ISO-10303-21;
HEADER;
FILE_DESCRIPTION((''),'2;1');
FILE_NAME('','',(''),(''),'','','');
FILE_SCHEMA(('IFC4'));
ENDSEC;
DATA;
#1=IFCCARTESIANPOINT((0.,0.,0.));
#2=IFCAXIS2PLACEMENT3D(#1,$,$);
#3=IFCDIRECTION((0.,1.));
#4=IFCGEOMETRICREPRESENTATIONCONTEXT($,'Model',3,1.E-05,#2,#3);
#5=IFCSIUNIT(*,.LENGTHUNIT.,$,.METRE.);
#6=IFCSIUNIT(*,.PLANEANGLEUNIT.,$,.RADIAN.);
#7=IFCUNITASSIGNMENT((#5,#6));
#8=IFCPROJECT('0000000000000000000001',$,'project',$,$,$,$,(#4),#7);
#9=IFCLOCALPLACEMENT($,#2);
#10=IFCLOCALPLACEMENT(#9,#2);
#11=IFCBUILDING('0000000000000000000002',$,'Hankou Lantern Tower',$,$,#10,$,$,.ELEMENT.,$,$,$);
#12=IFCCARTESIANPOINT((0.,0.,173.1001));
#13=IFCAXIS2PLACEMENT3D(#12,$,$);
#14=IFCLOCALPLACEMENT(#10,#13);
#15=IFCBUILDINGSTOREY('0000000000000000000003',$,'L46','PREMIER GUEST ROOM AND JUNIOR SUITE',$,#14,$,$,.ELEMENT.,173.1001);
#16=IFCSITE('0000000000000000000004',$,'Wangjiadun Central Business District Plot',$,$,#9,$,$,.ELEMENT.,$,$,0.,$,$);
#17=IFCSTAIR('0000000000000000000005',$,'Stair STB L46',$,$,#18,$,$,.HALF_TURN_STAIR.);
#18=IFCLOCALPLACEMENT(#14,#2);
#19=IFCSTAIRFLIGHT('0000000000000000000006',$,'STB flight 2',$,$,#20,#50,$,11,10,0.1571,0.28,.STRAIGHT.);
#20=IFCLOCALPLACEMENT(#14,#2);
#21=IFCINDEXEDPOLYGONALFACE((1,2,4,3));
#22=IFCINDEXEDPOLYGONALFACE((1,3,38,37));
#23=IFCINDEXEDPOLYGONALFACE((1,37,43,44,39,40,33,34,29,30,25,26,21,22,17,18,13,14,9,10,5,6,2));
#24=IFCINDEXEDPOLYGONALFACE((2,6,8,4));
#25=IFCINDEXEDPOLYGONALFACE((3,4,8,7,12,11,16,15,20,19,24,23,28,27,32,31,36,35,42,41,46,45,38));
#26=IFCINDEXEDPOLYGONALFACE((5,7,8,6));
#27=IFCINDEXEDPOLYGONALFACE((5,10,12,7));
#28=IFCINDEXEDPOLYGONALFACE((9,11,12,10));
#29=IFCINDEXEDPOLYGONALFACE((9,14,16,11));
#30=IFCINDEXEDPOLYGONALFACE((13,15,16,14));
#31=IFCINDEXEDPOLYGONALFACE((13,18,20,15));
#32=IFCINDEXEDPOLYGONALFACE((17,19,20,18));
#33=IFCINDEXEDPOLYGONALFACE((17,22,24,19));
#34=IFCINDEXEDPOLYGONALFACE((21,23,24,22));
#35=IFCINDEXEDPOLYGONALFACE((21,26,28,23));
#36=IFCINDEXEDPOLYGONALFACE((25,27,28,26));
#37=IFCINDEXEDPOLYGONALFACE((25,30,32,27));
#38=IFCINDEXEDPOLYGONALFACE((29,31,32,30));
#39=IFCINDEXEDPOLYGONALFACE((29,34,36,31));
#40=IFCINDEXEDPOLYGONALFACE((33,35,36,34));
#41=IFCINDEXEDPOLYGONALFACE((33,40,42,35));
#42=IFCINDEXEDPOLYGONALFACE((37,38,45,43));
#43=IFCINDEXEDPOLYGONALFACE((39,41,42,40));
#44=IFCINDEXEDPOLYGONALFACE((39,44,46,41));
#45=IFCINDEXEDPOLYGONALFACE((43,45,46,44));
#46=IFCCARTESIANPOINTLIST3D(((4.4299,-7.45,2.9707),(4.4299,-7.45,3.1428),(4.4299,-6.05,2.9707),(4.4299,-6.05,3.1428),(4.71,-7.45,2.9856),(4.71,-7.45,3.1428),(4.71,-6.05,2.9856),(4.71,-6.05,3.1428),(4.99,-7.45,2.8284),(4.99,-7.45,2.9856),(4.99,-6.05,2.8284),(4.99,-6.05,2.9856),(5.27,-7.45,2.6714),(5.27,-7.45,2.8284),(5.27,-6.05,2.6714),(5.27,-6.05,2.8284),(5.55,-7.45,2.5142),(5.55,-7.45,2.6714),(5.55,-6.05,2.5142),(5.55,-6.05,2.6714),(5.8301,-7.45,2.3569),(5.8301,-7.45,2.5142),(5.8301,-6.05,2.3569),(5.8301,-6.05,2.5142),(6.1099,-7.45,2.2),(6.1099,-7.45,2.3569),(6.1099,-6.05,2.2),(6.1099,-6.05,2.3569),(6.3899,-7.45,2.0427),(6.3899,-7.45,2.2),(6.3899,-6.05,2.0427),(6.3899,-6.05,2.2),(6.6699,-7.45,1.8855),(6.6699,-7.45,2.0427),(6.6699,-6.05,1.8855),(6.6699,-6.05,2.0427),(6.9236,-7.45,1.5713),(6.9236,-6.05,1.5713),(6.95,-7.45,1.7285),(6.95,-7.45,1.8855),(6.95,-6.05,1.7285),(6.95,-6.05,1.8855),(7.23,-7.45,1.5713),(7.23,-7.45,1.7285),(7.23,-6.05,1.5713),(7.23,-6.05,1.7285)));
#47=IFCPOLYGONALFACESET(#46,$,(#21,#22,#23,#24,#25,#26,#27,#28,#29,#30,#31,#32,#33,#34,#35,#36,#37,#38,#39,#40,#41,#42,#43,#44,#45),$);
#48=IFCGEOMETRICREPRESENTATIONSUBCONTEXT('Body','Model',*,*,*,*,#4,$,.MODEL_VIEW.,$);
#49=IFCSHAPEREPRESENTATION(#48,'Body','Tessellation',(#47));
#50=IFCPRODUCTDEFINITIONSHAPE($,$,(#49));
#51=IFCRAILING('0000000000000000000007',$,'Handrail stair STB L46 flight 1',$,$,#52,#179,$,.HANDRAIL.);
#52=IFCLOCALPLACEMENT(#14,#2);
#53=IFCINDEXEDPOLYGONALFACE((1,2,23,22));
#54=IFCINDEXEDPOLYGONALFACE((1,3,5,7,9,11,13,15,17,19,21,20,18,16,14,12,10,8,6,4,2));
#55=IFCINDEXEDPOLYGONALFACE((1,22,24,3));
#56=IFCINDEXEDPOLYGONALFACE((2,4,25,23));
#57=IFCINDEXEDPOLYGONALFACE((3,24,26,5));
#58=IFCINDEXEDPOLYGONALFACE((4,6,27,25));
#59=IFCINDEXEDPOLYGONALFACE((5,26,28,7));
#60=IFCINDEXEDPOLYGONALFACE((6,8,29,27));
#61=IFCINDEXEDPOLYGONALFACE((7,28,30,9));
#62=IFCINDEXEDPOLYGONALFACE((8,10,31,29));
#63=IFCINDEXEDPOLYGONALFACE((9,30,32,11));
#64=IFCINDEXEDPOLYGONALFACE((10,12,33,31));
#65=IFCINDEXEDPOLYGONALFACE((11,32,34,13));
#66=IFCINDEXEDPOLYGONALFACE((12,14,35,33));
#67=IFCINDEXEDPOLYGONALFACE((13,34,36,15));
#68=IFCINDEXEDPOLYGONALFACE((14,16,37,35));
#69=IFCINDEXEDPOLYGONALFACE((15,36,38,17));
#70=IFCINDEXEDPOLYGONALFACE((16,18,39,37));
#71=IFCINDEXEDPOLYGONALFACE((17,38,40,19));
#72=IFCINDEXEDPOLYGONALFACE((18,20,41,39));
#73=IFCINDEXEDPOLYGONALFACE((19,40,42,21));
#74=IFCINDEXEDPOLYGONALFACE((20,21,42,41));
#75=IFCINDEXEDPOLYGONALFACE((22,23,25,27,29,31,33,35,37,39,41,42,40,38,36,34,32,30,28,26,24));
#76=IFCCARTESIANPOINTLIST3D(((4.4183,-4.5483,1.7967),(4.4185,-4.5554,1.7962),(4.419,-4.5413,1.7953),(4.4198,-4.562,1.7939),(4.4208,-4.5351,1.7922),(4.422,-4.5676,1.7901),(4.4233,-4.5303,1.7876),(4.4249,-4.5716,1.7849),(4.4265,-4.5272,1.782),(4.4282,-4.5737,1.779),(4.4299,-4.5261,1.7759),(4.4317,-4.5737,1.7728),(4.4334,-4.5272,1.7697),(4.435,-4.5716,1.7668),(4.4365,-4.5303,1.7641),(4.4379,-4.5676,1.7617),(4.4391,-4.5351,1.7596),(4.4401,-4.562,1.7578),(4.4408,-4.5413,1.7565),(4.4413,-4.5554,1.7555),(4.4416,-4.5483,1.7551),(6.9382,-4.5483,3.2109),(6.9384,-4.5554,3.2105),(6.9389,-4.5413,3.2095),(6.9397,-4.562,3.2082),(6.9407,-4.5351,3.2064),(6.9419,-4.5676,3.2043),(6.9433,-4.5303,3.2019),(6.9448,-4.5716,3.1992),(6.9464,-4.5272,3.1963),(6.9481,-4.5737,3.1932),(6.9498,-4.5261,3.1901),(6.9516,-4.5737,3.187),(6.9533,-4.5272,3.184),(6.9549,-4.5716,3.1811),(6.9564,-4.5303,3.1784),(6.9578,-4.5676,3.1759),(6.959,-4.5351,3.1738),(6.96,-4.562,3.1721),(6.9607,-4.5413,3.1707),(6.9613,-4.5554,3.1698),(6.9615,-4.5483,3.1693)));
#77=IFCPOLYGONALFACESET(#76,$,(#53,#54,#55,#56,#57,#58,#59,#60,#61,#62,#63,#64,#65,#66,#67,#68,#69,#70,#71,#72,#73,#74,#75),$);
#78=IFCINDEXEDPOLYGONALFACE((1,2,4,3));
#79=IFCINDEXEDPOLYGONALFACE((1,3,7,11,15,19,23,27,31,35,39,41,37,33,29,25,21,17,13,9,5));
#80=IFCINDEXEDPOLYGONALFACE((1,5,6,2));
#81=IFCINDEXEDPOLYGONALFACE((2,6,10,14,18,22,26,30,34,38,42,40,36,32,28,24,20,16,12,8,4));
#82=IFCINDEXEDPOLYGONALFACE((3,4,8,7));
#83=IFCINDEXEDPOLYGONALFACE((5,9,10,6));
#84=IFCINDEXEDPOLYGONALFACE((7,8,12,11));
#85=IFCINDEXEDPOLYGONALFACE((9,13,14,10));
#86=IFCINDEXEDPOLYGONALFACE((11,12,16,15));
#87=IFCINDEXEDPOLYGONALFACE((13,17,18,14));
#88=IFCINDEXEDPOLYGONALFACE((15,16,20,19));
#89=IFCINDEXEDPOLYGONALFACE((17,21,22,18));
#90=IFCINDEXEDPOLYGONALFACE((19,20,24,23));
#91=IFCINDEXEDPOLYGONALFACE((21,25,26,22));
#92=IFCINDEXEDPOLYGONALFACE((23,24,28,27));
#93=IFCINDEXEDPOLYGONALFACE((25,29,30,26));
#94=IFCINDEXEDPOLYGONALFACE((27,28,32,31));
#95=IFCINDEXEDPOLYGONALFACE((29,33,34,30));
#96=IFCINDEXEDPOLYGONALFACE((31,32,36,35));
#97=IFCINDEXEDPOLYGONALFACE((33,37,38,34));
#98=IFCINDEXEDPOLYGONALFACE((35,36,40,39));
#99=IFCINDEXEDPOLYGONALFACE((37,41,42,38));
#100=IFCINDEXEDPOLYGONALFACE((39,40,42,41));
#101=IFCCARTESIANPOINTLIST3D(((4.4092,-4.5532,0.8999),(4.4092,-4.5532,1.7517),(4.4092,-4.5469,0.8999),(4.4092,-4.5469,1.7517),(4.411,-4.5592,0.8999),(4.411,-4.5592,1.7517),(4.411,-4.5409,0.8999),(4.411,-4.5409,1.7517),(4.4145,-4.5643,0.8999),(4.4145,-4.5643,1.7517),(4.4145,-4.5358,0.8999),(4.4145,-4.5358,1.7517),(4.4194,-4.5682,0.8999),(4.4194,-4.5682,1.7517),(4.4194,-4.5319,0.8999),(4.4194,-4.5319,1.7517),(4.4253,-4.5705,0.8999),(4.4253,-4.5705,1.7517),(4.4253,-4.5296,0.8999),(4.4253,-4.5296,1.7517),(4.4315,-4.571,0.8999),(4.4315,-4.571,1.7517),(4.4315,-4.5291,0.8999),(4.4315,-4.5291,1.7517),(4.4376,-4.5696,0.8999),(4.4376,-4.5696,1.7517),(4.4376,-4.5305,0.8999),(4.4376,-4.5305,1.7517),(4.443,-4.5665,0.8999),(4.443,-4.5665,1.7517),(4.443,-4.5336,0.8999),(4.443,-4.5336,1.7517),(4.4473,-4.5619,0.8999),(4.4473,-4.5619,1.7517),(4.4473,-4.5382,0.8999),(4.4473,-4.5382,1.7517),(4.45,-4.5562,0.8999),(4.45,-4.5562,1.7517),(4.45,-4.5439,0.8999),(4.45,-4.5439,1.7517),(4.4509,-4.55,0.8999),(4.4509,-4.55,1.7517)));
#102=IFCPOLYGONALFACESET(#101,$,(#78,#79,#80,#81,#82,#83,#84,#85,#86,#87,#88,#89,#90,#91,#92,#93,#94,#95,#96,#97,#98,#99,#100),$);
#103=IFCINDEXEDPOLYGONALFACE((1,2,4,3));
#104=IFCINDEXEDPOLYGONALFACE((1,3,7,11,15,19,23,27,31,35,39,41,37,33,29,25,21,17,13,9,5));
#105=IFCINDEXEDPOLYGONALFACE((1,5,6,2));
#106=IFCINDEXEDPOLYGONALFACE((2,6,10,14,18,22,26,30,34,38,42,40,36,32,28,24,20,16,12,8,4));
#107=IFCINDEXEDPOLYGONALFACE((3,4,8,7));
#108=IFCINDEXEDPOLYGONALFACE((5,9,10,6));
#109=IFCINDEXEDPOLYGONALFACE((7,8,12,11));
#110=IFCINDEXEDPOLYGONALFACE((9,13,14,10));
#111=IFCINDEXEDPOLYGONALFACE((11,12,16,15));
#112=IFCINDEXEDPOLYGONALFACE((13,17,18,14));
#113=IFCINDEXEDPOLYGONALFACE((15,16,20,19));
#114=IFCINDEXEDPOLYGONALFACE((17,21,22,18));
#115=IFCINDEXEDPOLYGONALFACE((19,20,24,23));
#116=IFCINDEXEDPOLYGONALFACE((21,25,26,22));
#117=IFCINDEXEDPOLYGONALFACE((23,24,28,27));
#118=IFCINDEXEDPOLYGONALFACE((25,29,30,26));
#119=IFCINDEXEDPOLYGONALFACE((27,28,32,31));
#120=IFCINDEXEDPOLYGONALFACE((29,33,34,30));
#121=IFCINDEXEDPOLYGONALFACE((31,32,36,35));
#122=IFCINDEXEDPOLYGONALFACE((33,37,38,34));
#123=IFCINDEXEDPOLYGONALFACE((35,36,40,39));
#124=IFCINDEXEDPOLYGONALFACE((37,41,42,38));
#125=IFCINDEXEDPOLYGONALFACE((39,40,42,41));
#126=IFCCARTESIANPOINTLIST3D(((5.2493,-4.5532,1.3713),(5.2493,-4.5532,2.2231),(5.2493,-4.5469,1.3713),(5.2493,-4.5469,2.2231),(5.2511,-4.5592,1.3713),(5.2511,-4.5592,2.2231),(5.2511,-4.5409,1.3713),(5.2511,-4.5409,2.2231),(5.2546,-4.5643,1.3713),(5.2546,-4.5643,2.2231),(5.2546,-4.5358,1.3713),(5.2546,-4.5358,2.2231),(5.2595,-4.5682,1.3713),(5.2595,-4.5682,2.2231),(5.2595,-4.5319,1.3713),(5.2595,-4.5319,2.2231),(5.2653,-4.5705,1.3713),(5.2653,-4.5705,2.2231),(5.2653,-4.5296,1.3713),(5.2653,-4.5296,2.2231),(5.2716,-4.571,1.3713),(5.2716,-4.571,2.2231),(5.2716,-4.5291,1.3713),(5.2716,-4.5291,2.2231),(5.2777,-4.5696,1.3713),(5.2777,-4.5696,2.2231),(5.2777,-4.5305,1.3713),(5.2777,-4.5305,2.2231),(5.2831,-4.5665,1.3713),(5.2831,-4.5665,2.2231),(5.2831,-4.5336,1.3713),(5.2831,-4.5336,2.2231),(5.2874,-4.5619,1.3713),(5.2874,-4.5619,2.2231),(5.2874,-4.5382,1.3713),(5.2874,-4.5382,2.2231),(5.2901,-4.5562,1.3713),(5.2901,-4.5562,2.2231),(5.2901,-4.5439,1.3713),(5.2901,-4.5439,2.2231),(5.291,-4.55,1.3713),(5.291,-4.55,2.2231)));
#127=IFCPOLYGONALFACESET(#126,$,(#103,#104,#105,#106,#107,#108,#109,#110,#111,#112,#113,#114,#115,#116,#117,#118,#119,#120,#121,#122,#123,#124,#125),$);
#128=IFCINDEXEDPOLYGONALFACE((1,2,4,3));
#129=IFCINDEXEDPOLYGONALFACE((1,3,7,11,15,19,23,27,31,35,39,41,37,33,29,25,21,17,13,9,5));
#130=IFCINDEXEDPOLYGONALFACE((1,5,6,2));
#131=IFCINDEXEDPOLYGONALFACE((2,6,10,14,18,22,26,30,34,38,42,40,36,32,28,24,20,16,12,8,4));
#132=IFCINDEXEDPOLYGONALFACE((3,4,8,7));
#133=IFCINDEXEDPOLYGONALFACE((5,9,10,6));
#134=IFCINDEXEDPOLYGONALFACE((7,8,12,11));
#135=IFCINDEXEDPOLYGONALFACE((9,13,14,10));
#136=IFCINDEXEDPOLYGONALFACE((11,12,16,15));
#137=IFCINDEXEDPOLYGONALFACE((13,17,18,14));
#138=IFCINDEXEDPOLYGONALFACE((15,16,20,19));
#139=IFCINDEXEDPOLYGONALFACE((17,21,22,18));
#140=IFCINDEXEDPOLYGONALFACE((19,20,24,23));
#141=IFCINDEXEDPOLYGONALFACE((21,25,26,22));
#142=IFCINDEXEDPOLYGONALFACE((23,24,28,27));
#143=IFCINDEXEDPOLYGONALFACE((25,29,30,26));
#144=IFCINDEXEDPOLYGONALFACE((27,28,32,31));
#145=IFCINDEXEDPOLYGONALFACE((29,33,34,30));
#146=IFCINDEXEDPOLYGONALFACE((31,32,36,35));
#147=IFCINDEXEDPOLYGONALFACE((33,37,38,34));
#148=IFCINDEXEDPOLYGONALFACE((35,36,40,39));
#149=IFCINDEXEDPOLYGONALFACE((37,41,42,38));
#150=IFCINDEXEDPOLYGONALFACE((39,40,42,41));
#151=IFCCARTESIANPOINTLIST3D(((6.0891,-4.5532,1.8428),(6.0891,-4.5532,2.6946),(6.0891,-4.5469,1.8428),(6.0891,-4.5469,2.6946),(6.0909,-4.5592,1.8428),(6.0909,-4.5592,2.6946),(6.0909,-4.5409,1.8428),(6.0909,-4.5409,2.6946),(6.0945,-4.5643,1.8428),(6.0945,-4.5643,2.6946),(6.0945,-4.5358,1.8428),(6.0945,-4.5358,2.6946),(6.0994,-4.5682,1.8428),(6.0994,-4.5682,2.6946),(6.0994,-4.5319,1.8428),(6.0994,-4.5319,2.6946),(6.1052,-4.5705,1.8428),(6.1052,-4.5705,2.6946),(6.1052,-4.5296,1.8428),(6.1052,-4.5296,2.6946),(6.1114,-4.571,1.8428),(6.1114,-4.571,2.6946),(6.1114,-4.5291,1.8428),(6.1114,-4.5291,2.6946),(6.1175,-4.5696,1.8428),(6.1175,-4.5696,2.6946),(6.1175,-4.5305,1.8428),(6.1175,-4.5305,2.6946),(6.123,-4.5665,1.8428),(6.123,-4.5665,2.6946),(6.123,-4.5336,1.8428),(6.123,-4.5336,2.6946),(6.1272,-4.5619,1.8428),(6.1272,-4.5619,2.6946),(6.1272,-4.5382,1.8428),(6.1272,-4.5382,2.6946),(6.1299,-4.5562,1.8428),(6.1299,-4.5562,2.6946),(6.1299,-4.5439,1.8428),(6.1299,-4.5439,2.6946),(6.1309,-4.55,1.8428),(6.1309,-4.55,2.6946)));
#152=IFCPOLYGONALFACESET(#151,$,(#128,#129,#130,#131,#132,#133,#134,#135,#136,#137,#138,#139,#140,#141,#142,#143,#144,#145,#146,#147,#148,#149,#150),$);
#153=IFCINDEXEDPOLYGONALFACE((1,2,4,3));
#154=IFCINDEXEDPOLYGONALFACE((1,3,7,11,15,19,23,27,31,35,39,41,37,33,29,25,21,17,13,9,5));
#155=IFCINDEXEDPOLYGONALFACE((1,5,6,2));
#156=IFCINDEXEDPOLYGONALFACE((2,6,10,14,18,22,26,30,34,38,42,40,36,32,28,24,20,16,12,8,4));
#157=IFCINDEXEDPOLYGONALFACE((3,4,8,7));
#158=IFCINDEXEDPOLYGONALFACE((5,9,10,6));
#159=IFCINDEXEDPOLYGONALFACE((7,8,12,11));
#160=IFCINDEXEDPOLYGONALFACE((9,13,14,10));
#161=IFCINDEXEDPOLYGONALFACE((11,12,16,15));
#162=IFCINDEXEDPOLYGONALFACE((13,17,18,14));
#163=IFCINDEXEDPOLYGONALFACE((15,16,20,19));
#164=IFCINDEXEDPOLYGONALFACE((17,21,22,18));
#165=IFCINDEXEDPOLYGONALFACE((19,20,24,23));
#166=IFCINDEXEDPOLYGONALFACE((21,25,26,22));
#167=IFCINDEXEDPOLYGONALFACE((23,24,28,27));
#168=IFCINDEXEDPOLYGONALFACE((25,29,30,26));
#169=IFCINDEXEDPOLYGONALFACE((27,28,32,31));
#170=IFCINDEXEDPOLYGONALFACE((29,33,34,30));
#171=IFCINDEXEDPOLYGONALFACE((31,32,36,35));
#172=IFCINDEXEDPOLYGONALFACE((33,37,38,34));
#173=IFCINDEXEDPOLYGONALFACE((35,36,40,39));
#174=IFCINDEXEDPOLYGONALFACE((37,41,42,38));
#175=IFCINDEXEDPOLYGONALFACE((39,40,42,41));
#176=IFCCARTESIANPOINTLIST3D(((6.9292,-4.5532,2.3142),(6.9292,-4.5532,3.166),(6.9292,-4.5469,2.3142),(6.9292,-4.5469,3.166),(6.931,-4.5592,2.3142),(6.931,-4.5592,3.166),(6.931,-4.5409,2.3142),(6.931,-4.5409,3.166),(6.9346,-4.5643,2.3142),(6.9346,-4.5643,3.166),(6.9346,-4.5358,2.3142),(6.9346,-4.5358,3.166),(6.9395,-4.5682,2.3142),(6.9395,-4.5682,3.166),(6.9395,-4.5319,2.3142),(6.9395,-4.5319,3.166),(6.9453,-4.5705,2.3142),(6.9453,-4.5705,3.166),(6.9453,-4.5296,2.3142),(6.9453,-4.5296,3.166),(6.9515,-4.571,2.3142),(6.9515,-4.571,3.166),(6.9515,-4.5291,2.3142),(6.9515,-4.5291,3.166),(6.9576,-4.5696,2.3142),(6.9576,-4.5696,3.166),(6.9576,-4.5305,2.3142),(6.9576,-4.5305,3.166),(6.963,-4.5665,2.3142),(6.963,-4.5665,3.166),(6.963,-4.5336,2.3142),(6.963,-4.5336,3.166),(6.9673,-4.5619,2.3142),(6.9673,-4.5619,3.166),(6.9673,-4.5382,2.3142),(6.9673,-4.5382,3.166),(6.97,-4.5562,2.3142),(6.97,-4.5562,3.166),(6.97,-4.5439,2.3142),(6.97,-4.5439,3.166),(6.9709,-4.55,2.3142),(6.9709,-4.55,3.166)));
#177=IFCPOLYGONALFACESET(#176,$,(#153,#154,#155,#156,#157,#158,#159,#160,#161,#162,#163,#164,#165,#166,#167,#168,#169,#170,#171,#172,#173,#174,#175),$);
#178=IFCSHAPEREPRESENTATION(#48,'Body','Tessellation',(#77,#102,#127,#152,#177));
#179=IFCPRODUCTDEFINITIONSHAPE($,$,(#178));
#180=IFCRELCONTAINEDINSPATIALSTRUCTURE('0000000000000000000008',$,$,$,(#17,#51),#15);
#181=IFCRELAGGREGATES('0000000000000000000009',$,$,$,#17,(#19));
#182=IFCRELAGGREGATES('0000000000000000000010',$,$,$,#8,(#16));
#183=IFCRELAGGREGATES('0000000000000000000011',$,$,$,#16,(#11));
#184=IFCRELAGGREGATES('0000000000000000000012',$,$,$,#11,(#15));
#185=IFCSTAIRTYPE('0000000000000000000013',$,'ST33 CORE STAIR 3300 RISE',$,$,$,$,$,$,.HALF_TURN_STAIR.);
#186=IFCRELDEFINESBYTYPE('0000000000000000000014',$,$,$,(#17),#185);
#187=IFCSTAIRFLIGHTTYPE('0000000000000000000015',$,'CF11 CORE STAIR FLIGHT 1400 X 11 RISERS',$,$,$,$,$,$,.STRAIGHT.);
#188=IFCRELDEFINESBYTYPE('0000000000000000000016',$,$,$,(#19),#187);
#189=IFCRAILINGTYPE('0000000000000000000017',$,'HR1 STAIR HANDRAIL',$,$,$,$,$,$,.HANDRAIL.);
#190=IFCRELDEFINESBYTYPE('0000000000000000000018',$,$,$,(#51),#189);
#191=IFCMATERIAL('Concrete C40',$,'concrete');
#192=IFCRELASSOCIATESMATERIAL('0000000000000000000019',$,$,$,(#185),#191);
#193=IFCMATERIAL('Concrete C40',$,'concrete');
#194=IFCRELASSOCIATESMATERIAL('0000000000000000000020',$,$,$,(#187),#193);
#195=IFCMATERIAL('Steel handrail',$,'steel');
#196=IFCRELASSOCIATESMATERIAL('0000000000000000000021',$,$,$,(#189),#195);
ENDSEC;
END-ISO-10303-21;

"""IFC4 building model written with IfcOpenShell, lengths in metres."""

from ifc_helpers import new_model, si_unit, direction, frame, origin, origin_2d, place, context, subcontext, project, spatial, polyline, circle, outline, extrude, material, type_object, element, aggregate, save


model = new_model("IFC4")

# Units and contexts
model_context = context("Model", 3, precision=1e-05, world=origin(), true_north=direction((0.0, 1.0)))
body_context = subcontext(model_context, "Body", "Model", "MODEL_VIEW")
ifc_project = project(units=[si_unit("LENGTHUNIT", "METRE"), si_unit("PLANEANGLEUNIT", "RADIAN")], contexts=[model_context])

# Site, building, storey
site_placement = place(None, origin())
site = spatial("IfcSite", under=ifc_project, at=site_placement, Name="Wangjiadun Central Business District Plot", CompositionType="ELEMENT", RefElevation=0.0)
building_placement = place(site_placement, origin())
building = spatial("IfcBuilding", under=site, at=building_placement, Name="Hankou Lantern Tower", CompositionType="ELEMENT")
storey_placement = place(building_placement, frame((0.0, 0.0, 173.1001)))
storey = spatial("IfcBuildingStorey", under=building, at=storey_placement, Name="L46", Description="PREMIER GUEST ROOM AND JUNIOR SUITE", CompositionType="ELEMENT", Elevation=173.1001)

# Stair, stair flight
ifc_material_1 = material(Name="Concrete C40", Category="concrete")
stair_type = type_object("IfcStairType", Name="ST33 CORE STAIR 3300 RISE", PredefinedType="HALF_TURN_STAIR", material=ifc_material_1)
stair_placement = place(storey_placement, origin())
stair = element("IfcStair", 1, at=stair_placement, inside=storey, type_object=stair_type, Name="Stair STB L46", PredefinedType="HALF_TURN_STAIR")
ifc_material_2 = material(Name="Concrete C40", Category="concrete")
stair_flight_type_1 = type_object("IfcStairFlightType", Name="CF11 CORE STAIR FLIGHT 1400 X 11 RISERS", PredefinedType="STRAIGHT", material=ifc_material_2)
stair_flight_1_placement = place(storey_placement, frame((7.23, -6.75, 1.5713), z_axis=(0.0, 0.0, 1.0), x_axis=(-1.0, 0.0, 0.0)))
stair_flight_1 = element("IfcStairFlight", 2, at=stair_flight_1_placement, type_object=stair_flight_type_1, Name="STB flight 2", NumberOfRisers=11, NumberOfTreads=10, PredefinedType="STRAIGHT", RiserHeight=0.1571, TreadLength=0.28, context=body_context, shape_type="SweptSolid", body=[
    extrude(outline(polyline([(0.0, 0.0), (0.0, 0.1572), (0.28, 0.1572), (0.28, 0.3142), (0.5601, 0.3142), (0.5601, 0.4714), (0.8401, 0.4714), (0.8401, 0.6287), (1.1201, 0.6287), (1.1201, 0.7856), (1.3999, 0.7856), (1.3999, 0.9429), (1.6799, 0.9429), (1.6799, 1.1001), (1.96, 1.1001), (1.96, 1.2571), (2.24, 1.2571), (2.24, 1.4143), (2.52, 1.4143), (2.52, 1.5715), (2.8, 1.5715), (2.8, 1.7285), (2.8, 1.3994), (0.3064, 0.0), (0.0, 0.0)])), frame((0.0, 0.7, 0.0), z_axis=(0.0, -1.0, 0.0), x_axis=(1.0, 0.0, 0.0)), (0.0, 0.0, 1.0), 1.3999),
])
aggregate(stair, [stair_flight_1])

# Railing
ifc_material_3 = material(Name="Steel handrail", Category="steel")
railing_type = type_object("IfcRailingType", Name="HR1 STAIR HANDRAIL", PredefinedType="HANDRAIL", material=ifc_material_3)
railing_1_placement = place(storey_placement, frame((4.4299, -4.55, 0.8999)))
element("IfcRailing", 3, at=railing_1_placement, inside=storey, type_object=railing_type, Name="Handrail stair STB L46 flight 1", PredefinedType="HANDRAIL", context=body_context, shape_type="SweptSolid", body=[
    extrude(circle(Radius=0.0239, at=origin_2d()), frame((0.0, 0.0, 0.876), z_axis=(0.872049, 0.0, 0.489419), x_axis=(0.0, 1.0, 0.0)), (0.0, 0.0, 1.0), 2.8896),
    extrude(circle(Radius=0.021, at=origin_2d()), origin(), (0.0, 0.0, 1.0), 0.8518),
    extrude(circle(Radius=0.021, at=origin_2d()), frame((0.8401, 0.0, 0.4714)), (0.0, 0.0, 1.0), 0.8518),
    extrude(circle(Radius=0.021, at=origin_2d()), frame((1.6799, 0.0, 0.9429)), (0.0, 0.0, 1.0), 0.8518),
    extrude(circle(Radius=0.021, at=origin_2d()), frame((2.52, 0.0, 1.4143)), (0.0, 0.0, 1.0), 0.8518),
])

save(model, "model.ifc")
